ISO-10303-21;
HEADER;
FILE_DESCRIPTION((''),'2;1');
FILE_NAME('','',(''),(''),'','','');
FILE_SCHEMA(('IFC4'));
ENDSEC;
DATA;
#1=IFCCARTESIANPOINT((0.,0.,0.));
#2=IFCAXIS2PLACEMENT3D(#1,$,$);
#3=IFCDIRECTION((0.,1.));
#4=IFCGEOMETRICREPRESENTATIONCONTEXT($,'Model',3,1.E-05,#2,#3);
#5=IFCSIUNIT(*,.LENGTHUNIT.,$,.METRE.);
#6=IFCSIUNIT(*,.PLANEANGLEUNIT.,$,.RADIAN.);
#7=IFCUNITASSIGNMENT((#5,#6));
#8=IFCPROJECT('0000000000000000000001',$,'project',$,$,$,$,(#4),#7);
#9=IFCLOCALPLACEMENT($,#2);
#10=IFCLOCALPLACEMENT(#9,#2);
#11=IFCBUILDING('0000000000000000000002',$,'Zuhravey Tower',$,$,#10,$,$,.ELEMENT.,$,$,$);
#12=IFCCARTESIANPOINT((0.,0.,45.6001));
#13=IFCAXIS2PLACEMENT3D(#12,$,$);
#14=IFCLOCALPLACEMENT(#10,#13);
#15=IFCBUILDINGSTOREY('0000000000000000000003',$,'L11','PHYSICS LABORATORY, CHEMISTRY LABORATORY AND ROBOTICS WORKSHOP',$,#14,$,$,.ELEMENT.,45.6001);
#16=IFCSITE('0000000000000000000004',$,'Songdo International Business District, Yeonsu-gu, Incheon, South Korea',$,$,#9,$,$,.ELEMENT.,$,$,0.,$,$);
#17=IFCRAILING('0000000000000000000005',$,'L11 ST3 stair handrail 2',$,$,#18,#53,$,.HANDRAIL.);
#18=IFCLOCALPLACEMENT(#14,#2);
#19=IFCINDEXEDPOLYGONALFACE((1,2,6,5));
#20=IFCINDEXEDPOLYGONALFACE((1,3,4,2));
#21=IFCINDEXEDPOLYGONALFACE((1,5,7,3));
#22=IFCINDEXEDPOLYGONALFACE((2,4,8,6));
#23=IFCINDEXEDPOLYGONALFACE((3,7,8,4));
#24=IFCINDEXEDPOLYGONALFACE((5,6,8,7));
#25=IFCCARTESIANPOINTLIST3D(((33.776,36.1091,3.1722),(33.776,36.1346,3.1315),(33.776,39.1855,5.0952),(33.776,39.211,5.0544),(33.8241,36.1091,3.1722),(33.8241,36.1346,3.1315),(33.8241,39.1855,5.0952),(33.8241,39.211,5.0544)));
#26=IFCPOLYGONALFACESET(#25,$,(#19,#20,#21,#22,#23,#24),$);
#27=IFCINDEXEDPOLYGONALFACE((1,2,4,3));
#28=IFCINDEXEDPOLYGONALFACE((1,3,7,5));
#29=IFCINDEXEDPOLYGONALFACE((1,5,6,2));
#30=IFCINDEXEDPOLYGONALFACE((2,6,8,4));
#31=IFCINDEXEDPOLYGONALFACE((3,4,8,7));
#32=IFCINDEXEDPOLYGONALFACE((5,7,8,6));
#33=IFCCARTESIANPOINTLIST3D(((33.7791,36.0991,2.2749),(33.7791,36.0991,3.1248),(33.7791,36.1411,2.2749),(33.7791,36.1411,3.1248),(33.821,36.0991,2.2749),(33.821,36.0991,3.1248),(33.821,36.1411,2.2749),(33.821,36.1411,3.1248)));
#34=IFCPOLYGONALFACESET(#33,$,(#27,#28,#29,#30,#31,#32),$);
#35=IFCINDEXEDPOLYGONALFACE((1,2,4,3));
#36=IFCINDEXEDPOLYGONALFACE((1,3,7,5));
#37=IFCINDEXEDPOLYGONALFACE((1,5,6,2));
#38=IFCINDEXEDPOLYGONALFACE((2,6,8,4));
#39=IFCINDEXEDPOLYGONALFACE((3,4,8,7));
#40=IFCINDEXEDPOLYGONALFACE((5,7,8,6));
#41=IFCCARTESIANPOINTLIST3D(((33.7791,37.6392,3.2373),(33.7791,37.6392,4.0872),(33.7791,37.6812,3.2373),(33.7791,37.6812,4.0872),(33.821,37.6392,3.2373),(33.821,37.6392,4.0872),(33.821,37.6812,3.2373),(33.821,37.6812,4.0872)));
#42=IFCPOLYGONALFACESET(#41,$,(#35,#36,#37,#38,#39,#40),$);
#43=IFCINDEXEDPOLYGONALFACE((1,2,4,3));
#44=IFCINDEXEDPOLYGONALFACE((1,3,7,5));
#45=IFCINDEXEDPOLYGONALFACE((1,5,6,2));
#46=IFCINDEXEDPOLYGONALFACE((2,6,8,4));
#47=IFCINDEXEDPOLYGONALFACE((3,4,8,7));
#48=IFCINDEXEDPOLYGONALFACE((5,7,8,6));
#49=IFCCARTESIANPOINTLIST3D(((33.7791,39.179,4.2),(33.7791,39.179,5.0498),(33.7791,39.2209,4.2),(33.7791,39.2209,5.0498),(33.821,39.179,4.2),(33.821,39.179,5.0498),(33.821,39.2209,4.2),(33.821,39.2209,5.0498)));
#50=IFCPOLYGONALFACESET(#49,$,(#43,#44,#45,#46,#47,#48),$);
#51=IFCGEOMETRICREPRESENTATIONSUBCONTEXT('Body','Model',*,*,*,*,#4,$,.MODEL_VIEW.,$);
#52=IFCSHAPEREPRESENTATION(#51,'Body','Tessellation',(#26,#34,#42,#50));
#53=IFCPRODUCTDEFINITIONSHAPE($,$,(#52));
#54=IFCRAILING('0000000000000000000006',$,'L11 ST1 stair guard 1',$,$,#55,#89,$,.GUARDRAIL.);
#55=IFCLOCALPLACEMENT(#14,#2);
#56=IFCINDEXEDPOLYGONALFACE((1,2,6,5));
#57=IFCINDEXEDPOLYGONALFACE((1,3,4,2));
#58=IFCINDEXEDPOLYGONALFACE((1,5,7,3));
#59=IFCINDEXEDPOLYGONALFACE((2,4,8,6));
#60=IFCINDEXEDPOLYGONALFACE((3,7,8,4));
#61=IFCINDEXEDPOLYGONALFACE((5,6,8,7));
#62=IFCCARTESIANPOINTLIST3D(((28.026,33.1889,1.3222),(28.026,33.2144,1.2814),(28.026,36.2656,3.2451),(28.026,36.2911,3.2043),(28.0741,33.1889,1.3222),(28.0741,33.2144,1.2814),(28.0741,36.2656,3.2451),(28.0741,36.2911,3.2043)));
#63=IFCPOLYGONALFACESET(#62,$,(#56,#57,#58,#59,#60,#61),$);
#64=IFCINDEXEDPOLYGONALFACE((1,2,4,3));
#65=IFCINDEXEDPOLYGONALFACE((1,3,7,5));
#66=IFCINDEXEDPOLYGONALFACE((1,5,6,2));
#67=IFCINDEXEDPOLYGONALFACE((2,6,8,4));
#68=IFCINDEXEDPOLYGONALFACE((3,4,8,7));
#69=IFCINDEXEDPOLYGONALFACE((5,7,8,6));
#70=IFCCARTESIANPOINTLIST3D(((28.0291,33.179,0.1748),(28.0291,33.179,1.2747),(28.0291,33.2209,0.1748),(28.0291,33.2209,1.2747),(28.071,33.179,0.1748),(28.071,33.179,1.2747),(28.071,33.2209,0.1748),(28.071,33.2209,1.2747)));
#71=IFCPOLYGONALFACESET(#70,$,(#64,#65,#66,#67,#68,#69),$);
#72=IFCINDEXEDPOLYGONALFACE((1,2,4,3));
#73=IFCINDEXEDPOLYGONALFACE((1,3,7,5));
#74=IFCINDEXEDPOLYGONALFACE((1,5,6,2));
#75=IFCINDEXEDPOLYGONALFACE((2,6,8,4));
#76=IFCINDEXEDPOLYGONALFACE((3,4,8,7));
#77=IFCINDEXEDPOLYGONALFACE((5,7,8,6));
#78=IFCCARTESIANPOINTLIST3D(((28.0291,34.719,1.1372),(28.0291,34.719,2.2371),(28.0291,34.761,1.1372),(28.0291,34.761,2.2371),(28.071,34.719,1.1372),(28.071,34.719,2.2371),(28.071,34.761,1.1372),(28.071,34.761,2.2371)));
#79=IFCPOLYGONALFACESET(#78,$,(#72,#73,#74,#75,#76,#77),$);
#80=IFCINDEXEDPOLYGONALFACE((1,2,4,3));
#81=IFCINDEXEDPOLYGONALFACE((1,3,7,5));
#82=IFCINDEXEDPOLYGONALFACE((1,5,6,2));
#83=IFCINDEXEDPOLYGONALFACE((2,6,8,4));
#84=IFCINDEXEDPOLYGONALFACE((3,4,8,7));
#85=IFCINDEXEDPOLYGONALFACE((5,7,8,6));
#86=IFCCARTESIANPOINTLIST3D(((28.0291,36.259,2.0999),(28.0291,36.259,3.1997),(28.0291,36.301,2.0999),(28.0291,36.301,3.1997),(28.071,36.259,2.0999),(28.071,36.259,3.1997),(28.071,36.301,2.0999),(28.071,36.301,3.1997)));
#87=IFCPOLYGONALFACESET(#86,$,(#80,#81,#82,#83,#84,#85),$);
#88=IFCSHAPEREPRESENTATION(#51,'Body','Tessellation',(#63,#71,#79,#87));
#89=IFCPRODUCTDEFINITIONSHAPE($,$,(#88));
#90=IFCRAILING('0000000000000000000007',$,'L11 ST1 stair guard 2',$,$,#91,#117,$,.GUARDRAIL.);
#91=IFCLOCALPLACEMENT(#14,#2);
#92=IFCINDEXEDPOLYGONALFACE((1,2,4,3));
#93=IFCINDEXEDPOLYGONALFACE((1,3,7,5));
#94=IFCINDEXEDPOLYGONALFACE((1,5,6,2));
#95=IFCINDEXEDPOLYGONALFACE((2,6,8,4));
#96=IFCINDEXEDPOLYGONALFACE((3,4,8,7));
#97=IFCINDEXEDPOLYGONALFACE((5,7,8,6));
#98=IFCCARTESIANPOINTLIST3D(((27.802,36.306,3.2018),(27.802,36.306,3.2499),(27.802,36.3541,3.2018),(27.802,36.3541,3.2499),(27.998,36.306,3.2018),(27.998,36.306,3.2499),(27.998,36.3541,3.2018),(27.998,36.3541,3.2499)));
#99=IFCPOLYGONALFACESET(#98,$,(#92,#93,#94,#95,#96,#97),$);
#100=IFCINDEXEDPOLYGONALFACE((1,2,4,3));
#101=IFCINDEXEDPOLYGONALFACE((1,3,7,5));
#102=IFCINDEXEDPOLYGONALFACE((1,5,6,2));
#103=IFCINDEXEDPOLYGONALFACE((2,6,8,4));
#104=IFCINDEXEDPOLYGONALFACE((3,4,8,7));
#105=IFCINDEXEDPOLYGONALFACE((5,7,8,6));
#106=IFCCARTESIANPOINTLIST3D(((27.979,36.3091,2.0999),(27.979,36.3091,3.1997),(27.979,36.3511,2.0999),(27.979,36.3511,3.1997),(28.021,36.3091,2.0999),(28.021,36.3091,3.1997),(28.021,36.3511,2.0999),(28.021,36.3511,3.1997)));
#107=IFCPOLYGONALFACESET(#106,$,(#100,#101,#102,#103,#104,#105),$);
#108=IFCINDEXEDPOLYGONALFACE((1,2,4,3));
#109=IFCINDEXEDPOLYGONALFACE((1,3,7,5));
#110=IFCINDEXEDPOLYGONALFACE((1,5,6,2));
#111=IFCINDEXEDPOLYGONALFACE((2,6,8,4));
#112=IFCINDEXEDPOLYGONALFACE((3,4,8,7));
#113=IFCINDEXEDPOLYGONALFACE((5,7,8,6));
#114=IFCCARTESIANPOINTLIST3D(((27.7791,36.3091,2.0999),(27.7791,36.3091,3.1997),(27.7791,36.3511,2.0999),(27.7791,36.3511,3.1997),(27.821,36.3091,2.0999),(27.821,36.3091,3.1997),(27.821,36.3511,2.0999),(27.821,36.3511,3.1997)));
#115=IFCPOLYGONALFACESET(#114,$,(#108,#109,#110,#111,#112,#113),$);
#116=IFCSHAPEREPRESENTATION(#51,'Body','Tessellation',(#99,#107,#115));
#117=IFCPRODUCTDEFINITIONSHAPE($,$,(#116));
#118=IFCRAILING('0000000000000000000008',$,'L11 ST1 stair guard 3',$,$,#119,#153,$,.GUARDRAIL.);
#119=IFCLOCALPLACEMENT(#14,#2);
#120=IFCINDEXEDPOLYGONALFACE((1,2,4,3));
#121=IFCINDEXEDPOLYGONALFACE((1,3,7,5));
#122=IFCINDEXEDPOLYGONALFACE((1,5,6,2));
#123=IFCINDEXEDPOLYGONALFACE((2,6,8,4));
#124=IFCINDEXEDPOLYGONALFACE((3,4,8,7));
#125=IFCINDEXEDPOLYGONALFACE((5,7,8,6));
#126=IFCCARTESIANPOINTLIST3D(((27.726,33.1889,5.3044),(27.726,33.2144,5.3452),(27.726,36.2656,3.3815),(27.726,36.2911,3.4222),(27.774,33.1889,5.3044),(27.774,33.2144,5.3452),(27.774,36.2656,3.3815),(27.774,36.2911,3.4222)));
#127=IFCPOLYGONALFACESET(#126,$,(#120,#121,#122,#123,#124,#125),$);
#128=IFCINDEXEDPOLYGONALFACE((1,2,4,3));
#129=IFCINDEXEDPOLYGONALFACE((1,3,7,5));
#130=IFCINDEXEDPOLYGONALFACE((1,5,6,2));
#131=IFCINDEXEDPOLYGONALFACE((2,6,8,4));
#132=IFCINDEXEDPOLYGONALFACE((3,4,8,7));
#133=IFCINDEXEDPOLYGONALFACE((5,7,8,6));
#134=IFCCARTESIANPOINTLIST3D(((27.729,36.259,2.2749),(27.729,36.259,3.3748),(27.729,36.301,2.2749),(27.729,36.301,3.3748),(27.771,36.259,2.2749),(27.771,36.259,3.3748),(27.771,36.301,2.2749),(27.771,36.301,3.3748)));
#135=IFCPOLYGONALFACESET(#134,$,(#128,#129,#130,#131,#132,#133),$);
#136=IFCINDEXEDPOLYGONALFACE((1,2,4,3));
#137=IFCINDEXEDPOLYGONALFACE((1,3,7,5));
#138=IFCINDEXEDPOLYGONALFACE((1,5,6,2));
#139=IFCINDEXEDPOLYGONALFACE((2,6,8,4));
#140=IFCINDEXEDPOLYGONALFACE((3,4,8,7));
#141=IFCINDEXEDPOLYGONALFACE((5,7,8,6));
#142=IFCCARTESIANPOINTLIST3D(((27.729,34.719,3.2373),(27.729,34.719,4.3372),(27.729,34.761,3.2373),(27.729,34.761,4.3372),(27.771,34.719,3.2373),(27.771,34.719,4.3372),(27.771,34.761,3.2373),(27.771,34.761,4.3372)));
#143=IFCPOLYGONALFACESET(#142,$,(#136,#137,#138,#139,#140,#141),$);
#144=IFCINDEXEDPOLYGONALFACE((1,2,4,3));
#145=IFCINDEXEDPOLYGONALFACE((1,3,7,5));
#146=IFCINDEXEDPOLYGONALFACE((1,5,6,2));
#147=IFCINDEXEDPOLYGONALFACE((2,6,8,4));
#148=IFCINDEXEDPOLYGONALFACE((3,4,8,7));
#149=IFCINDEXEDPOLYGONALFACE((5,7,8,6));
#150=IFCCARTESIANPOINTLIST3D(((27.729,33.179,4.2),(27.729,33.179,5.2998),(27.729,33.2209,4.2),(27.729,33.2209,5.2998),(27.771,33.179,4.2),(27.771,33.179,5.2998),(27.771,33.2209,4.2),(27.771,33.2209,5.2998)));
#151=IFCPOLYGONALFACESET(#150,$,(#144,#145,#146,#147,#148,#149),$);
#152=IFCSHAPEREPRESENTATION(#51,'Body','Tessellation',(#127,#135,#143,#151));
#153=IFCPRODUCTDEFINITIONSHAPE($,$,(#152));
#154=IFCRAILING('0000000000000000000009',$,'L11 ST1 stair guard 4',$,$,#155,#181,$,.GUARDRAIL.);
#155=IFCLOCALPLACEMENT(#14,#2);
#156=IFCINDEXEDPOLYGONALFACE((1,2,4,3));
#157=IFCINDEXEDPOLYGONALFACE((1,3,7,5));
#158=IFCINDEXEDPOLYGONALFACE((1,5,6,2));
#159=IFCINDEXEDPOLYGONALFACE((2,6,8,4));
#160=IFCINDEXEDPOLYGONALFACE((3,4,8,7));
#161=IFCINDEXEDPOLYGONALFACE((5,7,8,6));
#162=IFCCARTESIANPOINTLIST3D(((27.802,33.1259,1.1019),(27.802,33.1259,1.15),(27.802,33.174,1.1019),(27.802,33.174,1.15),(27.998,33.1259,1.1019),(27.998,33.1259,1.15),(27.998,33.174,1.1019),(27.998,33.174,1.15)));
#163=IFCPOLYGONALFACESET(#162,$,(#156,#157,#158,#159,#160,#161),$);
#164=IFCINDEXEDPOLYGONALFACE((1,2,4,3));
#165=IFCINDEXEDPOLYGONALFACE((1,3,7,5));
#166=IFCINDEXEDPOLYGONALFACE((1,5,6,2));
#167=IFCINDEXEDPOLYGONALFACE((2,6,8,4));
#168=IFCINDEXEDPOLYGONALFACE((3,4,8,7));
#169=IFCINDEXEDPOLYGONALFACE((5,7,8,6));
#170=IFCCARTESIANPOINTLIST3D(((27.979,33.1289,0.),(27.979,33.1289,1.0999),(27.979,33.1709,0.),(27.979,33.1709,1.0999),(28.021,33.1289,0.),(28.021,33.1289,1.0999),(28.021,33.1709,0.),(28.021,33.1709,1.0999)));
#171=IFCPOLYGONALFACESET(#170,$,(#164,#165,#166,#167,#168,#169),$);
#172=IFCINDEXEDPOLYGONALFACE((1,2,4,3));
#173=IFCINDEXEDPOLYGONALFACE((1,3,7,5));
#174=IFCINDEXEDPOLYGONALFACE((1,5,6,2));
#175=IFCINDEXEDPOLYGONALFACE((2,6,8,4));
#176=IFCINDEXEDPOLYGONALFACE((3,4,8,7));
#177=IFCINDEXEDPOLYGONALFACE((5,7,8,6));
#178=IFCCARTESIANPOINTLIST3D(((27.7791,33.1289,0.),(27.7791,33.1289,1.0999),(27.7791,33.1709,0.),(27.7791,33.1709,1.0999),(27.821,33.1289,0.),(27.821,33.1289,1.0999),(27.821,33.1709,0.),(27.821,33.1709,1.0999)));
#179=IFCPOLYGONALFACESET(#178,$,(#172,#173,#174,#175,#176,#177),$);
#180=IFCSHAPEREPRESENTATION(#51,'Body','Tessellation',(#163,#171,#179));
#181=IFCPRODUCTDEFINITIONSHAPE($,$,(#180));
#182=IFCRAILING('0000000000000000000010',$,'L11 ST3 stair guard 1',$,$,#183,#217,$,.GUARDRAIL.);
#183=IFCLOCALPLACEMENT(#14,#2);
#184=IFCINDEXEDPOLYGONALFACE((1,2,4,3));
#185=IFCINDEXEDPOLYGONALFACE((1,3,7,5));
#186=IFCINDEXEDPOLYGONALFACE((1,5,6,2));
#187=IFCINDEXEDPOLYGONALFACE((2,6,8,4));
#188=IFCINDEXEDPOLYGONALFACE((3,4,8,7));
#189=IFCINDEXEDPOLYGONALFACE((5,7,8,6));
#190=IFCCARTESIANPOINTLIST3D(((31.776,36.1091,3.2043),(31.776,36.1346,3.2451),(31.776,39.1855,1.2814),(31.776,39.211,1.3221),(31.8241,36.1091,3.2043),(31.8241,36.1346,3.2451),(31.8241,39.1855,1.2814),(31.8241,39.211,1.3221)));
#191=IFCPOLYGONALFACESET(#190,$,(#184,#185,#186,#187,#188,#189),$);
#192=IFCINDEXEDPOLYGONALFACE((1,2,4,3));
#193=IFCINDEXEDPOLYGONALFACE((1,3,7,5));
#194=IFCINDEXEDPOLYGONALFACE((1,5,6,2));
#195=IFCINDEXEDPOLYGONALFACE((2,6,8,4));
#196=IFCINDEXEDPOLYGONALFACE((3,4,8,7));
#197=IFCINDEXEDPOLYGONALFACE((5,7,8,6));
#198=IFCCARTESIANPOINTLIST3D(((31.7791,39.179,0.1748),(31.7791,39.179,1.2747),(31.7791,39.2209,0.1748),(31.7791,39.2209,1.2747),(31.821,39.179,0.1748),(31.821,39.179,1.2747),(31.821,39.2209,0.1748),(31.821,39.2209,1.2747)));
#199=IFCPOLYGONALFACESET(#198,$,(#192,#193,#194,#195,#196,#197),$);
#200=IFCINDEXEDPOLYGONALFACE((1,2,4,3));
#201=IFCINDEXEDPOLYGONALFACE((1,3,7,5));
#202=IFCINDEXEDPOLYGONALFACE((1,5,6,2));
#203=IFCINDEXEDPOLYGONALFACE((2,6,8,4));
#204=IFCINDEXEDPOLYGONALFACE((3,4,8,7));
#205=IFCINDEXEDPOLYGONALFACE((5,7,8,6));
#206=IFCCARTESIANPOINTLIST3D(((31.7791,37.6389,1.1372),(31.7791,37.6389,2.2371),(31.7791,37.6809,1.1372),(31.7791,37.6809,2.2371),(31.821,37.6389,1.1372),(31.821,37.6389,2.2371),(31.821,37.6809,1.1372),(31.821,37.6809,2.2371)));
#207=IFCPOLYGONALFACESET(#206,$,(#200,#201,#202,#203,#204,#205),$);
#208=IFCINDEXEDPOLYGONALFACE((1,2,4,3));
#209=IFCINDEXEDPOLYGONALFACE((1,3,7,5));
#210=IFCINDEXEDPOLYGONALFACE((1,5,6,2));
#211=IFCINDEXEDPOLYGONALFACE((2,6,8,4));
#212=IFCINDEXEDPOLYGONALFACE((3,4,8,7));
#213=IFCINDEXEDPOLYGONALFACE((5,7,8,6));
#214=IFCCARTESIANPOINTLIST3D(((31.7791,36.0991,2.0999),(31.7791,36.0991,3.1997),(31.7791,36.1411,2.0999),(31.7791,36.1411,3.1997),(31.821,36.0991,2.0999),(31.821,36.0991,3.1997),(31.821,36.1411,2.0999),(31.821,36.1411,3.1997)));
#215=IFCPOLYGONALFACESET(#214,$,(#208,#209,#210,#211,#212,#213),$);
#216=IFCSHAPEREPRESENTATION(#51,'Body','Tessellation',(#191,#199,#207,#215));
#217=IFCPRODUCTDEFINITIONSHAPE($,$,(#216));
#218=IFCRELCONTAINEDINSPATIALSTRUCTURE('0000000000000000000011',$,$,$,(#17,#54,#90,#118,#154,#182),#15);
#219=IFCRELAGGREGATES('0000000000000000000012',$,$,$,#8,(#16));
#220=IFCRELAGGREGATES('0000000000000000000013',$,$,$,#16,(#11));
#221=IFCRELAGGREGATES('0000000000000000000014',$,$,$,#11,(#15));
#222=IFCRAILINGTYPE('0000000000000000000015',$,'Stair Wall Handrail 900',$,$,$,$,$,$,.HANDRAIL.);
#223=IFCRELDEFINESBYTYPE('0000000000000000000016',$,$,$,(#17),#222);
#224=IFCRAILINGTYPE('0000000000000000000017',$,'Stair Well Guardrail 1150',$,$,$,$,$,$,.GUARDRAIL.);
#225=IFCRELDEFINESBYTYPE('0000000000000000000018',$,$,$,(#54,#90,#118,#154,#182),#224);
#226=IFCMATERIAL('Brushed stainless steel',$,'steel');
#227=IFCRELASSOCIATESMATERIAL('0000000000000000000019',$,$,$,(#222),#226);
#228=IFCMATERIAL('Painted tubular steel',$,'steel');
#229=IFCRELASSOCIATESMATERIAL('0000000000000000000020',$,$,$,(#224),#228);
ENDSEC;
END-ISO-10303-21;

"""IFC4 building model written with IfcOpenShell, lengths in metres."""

from ifc_helpers import new_model, si_unit, direction, frame, origin, origin_2d, place, context, subcontext, project, spatial, rectangle, extrude, material, type_object, element, save


model = new_model("IFC4")

# Units and contexts
model_context = context("Model", 3, precision=1e-05, world=origin(), true_north=direction((0.0, 1.0)))
body_context = subcontext(model_context, "Body", "Model", "MODEL_VIEW")
ifc_project = project(units=[si_unit("LENGTHUNIT", "METRE"), si_unit("PLANEANGLEUNIT", "RADIAN")], contexts=[model_context])

# Site, building, storey
site_placement = place(None, origin())
site = spatial("IfcSite", under=ifc_project, at=site_placement, Name="Songdo International Business District, Yeonsu-gu, Incheon, South Korea", CompositionType="ELEMENT", RefElevation=0.0)
building_placement = place(site_placement, origin())
building = spatial("IfcBuilding", under=site, at=building_placement, Name="Zuhravey Tower", CompositionType="ELEMENT")
storey_placement = place(building_placement, frame((0.0, 0.0, 45.6001)))
storey = spatial("IfcBuildingStorey", under=building, at=storey_placement, Name="L11", Description="PHYSICS LABORATORY, CHEMISTRY LABORATORY AND ROBOTICS WORKSHOP", CompositionType="ELEMENT", Elevation=45.6001)

# Railings
ifc_material_1 = material(Name="Brushed stainless steel", Category="steel")
railing_type_1 = type_object("IfcRailingType", Name="Stair Wall Handrail 900", PredefinedType="HANDRAIL", material=ifc_material_1)
railing_1_placement = place(storey_placement, frame((33.8, 36.1201, 2.2749)))
element("IfcRailing", 1, at=railing_1_placement, inside=storey, type_object=railing_type_1, Name="L11 ST3 stair handrail 2", PredefinedType="HANDRAIL", context=body_context, shape_type="SweptSolid", body=[
    extrude(rectangle(XDim=0.0481, YDim=0.0481, at=origin_2d()), frame((0.0, 0.0017, 0.877), z_axis=(0.0, 0.847979, 0.530029), x_axis=(-1.0, 0.0, 0.0)), (0.0, 0.0, 1.0), 3.6279),
    extrude(rectangle(XDim=0.042, YDim=0.042, at=origin_2d()), origin(), (0.0, 0.0, 1.0), 0.8499),
    extrude(rectangle(XDim=0.042, YDim=0.042, at=origin_2d()), frame((0.0, 1.54, 0.9624)), (0.0, 0.0, 1.0), 0.8499),
    extrude(rectangle(XDim=0.042, YDim=0.042, at=origin_2d()), frame((0.0, 3.0798, 1.925)), (0.0, 0.0, 1.0), 0.8499),
])
ifc_material_2 = material(Name="Painted tubular steel", Category="steel")
railing_type_2 = type_object("IfcRailingType", Name="Stair Well Guardrail 1150", PredefinedType="GUARDRAIL", material=ifc_material_2)
railing_2_placement = place(storey_placement, frame((28.05, 33.2, 0.1748)))
element("IfcRailing", 2, at=railing_2_placement, inside=storey, type_object=railing_type_2, Name="L11 ST1 stair guard 1", PredefinedType="GUARDRAIL", context=body_context, shape_type="SweptSolid", body=[
    extrude(rectangle(XDim=0.0481, YDim=0.0481, at=origin_2d()), frame((0.0, 0.0017, 1.127), z_axis=(0.0, 0.847998, 0.529999), x_axis=(-1.0, 0.0, 0.0)), (0.0, 0.0, 1.0), 3.6282),
    extrude(rectangle(XDim=0.042, YDim=0.042, at=origin_2d()), origin(), (0.0, 0.0, 1.0), 1.0999),
    extrude(rectangle(XDim=0.042, YDim=0.042, at=origin_2d()), frame((0.0, 1.54, 0.9624)), (0.0, 0.0, 1.0), 1.0999),
    extrude(rectangle(XDim=0.042, YDim=0.042, at=origin_2d()), frame((0.0, 3.0801, 1.925)), (0.0, 0.0, 1.0), 1.0999),
])
railing_3_placement = place(storey_placement, frame((28.0, 36.3301, 2.0999)))
element("IfcRailing", 3, at=railing_3_placement, inside=storey, type_object=railing_type_2, Name="L11 ST1 stair guard 2", PredefinedType="GUARDRAIL", context=body_context, shape_type="SweptSolid", body=[
    extrude(rectangle(XDim=0.0481, YDim=0.0481, at=origin_2d()), frame((-0.002, 0.0, 1.126), z_axis=(-1.0, 0.0, 0.0), x_axis=(0.0, -1.0, 0.0)), (0.0, 0.0, 1.0), 0.196),
    extrude(rectangle(XDim=0.042, YDim=0.042, at=origin_2d()), origin(), (0.0, 0.0, 1.0), 1.0999),
    extrude(rectangle(XDim=0.042, YDim=0.042, at=origin_2d()), frame((-0.2, 0.0, 0.0)), (0.0, 0.0, 1.0), 1.0999),
])
railing_4_placement = place(storey_placement, frame((27.75, 36.28, 2.2749)))
element("IfcRailing", 4, at=railing_4_placement, inside=storey, type_object=railing_type_2, Name="L11 ST1 stair guard 3", PredefinedType="GUARDRAIL", context=body_context, shape_type="SweptSolid", body=[
    extrude(rectangle(XDim=0.0481, YDim=0.0481, at=origin_2d()), frame((0.0, -0.0017, 1.127), z_axis=(0.0, -0.847998, 0.529999), x_axis=(1.0, 0.0, 0.0)), (0.0, 0.0, 1.0), 3.6282),
    extrude(rectangle(XDim=0.042, YDim=0.042, at=origin_2d()), origin(), (0.0, 0.0, 1.0), 1.0999),
    extrude(rectangle(XDim=0.042, YDim=0.042, at=origin_2d()), frame((0.0, -1.54, 0.9624)), (0.0, 0.0, 1.0), 1.0999),
    extrude(rectangle(XDim=0.042, YDim=0.042, at=origin_2d()), frame((0.0, -3.0801, 1.925)), (0.0, 0.0, 1.0), 1.0999),
])
railing_5_placement = place(storey_placement, frame((28.0, 33.1499, 0.0)))
element("IfcRailing", 5, at=railing_5_placement, inside=storey, type_object=railing_type_2, Name="L11 ST1 stair guard 4", PredefinedType="GUARDRAIL", context=body_context, shape_type="SweptSolid", body=[
    extrude(rectangle(XDim=0.0481, YDim=0.0481, at=origin_2d()), frame((-0.002, 0.0, 1.126), z_axis=(-1.0, 0.0, 0.0), x_axis=(0.0, -1.0, 0.0)), (0.0, 0.0, 1.0), 0.196),
    extrude(rectangle(XDim=0.042, YDim=0.042, at=origin_2d()), origin(), (0.0, 0.0, 1.0), 1.0999),
    extrude(rectangle(XDim=0.042, YDim=0.042, at=origin_2d()), frame((-0.2, 0.0, 0.0)), (0.0, 0.0, 1.0), 1.0999),
])
railing_6_placement = place(storey_placement, frame((31.8, 39.2, 0.1748)))
element("IfcRailing", 6, at=railing_6_placement, inside=storey, type_object=railing_type_2, Name="L11 ST3 stair guard 1", PredefinedType="GUARDRAIL", context=body_context, shape_type="SweptSolid", body=[
    extrude(rectangle(XDim=0.0481, YDim=0.0481, at=origin_2d()), frame((0.0, -0.0017, 1.127), z_axis=(0.0, -0.847979, 0.530029), x_axis=(1.0, 0.0, 0.0)), (0.0, 0.0, 1.0), 3.6279),
    extrude(rectangle(XDim=0.042, YDim=0.042, at=origin_2d()), origin(), (0.0, 0.0, 1.0), 1.0999),
    extrude(rectangle(XDim=0.042, YDim=0.042, at=origin_2d()), frame((0.0, -1.54, 0.9624)), (0.0, 0.0, 1.0), 1.0999),
    extrude(rectangle(XDim=0.042, YDim=0.042, at=origin_2d()), frame((0.0, -3.0798, 1.925)), (0.0, 0.0, 1.0), 1.0999),
])

save(model, "model.ifc")
